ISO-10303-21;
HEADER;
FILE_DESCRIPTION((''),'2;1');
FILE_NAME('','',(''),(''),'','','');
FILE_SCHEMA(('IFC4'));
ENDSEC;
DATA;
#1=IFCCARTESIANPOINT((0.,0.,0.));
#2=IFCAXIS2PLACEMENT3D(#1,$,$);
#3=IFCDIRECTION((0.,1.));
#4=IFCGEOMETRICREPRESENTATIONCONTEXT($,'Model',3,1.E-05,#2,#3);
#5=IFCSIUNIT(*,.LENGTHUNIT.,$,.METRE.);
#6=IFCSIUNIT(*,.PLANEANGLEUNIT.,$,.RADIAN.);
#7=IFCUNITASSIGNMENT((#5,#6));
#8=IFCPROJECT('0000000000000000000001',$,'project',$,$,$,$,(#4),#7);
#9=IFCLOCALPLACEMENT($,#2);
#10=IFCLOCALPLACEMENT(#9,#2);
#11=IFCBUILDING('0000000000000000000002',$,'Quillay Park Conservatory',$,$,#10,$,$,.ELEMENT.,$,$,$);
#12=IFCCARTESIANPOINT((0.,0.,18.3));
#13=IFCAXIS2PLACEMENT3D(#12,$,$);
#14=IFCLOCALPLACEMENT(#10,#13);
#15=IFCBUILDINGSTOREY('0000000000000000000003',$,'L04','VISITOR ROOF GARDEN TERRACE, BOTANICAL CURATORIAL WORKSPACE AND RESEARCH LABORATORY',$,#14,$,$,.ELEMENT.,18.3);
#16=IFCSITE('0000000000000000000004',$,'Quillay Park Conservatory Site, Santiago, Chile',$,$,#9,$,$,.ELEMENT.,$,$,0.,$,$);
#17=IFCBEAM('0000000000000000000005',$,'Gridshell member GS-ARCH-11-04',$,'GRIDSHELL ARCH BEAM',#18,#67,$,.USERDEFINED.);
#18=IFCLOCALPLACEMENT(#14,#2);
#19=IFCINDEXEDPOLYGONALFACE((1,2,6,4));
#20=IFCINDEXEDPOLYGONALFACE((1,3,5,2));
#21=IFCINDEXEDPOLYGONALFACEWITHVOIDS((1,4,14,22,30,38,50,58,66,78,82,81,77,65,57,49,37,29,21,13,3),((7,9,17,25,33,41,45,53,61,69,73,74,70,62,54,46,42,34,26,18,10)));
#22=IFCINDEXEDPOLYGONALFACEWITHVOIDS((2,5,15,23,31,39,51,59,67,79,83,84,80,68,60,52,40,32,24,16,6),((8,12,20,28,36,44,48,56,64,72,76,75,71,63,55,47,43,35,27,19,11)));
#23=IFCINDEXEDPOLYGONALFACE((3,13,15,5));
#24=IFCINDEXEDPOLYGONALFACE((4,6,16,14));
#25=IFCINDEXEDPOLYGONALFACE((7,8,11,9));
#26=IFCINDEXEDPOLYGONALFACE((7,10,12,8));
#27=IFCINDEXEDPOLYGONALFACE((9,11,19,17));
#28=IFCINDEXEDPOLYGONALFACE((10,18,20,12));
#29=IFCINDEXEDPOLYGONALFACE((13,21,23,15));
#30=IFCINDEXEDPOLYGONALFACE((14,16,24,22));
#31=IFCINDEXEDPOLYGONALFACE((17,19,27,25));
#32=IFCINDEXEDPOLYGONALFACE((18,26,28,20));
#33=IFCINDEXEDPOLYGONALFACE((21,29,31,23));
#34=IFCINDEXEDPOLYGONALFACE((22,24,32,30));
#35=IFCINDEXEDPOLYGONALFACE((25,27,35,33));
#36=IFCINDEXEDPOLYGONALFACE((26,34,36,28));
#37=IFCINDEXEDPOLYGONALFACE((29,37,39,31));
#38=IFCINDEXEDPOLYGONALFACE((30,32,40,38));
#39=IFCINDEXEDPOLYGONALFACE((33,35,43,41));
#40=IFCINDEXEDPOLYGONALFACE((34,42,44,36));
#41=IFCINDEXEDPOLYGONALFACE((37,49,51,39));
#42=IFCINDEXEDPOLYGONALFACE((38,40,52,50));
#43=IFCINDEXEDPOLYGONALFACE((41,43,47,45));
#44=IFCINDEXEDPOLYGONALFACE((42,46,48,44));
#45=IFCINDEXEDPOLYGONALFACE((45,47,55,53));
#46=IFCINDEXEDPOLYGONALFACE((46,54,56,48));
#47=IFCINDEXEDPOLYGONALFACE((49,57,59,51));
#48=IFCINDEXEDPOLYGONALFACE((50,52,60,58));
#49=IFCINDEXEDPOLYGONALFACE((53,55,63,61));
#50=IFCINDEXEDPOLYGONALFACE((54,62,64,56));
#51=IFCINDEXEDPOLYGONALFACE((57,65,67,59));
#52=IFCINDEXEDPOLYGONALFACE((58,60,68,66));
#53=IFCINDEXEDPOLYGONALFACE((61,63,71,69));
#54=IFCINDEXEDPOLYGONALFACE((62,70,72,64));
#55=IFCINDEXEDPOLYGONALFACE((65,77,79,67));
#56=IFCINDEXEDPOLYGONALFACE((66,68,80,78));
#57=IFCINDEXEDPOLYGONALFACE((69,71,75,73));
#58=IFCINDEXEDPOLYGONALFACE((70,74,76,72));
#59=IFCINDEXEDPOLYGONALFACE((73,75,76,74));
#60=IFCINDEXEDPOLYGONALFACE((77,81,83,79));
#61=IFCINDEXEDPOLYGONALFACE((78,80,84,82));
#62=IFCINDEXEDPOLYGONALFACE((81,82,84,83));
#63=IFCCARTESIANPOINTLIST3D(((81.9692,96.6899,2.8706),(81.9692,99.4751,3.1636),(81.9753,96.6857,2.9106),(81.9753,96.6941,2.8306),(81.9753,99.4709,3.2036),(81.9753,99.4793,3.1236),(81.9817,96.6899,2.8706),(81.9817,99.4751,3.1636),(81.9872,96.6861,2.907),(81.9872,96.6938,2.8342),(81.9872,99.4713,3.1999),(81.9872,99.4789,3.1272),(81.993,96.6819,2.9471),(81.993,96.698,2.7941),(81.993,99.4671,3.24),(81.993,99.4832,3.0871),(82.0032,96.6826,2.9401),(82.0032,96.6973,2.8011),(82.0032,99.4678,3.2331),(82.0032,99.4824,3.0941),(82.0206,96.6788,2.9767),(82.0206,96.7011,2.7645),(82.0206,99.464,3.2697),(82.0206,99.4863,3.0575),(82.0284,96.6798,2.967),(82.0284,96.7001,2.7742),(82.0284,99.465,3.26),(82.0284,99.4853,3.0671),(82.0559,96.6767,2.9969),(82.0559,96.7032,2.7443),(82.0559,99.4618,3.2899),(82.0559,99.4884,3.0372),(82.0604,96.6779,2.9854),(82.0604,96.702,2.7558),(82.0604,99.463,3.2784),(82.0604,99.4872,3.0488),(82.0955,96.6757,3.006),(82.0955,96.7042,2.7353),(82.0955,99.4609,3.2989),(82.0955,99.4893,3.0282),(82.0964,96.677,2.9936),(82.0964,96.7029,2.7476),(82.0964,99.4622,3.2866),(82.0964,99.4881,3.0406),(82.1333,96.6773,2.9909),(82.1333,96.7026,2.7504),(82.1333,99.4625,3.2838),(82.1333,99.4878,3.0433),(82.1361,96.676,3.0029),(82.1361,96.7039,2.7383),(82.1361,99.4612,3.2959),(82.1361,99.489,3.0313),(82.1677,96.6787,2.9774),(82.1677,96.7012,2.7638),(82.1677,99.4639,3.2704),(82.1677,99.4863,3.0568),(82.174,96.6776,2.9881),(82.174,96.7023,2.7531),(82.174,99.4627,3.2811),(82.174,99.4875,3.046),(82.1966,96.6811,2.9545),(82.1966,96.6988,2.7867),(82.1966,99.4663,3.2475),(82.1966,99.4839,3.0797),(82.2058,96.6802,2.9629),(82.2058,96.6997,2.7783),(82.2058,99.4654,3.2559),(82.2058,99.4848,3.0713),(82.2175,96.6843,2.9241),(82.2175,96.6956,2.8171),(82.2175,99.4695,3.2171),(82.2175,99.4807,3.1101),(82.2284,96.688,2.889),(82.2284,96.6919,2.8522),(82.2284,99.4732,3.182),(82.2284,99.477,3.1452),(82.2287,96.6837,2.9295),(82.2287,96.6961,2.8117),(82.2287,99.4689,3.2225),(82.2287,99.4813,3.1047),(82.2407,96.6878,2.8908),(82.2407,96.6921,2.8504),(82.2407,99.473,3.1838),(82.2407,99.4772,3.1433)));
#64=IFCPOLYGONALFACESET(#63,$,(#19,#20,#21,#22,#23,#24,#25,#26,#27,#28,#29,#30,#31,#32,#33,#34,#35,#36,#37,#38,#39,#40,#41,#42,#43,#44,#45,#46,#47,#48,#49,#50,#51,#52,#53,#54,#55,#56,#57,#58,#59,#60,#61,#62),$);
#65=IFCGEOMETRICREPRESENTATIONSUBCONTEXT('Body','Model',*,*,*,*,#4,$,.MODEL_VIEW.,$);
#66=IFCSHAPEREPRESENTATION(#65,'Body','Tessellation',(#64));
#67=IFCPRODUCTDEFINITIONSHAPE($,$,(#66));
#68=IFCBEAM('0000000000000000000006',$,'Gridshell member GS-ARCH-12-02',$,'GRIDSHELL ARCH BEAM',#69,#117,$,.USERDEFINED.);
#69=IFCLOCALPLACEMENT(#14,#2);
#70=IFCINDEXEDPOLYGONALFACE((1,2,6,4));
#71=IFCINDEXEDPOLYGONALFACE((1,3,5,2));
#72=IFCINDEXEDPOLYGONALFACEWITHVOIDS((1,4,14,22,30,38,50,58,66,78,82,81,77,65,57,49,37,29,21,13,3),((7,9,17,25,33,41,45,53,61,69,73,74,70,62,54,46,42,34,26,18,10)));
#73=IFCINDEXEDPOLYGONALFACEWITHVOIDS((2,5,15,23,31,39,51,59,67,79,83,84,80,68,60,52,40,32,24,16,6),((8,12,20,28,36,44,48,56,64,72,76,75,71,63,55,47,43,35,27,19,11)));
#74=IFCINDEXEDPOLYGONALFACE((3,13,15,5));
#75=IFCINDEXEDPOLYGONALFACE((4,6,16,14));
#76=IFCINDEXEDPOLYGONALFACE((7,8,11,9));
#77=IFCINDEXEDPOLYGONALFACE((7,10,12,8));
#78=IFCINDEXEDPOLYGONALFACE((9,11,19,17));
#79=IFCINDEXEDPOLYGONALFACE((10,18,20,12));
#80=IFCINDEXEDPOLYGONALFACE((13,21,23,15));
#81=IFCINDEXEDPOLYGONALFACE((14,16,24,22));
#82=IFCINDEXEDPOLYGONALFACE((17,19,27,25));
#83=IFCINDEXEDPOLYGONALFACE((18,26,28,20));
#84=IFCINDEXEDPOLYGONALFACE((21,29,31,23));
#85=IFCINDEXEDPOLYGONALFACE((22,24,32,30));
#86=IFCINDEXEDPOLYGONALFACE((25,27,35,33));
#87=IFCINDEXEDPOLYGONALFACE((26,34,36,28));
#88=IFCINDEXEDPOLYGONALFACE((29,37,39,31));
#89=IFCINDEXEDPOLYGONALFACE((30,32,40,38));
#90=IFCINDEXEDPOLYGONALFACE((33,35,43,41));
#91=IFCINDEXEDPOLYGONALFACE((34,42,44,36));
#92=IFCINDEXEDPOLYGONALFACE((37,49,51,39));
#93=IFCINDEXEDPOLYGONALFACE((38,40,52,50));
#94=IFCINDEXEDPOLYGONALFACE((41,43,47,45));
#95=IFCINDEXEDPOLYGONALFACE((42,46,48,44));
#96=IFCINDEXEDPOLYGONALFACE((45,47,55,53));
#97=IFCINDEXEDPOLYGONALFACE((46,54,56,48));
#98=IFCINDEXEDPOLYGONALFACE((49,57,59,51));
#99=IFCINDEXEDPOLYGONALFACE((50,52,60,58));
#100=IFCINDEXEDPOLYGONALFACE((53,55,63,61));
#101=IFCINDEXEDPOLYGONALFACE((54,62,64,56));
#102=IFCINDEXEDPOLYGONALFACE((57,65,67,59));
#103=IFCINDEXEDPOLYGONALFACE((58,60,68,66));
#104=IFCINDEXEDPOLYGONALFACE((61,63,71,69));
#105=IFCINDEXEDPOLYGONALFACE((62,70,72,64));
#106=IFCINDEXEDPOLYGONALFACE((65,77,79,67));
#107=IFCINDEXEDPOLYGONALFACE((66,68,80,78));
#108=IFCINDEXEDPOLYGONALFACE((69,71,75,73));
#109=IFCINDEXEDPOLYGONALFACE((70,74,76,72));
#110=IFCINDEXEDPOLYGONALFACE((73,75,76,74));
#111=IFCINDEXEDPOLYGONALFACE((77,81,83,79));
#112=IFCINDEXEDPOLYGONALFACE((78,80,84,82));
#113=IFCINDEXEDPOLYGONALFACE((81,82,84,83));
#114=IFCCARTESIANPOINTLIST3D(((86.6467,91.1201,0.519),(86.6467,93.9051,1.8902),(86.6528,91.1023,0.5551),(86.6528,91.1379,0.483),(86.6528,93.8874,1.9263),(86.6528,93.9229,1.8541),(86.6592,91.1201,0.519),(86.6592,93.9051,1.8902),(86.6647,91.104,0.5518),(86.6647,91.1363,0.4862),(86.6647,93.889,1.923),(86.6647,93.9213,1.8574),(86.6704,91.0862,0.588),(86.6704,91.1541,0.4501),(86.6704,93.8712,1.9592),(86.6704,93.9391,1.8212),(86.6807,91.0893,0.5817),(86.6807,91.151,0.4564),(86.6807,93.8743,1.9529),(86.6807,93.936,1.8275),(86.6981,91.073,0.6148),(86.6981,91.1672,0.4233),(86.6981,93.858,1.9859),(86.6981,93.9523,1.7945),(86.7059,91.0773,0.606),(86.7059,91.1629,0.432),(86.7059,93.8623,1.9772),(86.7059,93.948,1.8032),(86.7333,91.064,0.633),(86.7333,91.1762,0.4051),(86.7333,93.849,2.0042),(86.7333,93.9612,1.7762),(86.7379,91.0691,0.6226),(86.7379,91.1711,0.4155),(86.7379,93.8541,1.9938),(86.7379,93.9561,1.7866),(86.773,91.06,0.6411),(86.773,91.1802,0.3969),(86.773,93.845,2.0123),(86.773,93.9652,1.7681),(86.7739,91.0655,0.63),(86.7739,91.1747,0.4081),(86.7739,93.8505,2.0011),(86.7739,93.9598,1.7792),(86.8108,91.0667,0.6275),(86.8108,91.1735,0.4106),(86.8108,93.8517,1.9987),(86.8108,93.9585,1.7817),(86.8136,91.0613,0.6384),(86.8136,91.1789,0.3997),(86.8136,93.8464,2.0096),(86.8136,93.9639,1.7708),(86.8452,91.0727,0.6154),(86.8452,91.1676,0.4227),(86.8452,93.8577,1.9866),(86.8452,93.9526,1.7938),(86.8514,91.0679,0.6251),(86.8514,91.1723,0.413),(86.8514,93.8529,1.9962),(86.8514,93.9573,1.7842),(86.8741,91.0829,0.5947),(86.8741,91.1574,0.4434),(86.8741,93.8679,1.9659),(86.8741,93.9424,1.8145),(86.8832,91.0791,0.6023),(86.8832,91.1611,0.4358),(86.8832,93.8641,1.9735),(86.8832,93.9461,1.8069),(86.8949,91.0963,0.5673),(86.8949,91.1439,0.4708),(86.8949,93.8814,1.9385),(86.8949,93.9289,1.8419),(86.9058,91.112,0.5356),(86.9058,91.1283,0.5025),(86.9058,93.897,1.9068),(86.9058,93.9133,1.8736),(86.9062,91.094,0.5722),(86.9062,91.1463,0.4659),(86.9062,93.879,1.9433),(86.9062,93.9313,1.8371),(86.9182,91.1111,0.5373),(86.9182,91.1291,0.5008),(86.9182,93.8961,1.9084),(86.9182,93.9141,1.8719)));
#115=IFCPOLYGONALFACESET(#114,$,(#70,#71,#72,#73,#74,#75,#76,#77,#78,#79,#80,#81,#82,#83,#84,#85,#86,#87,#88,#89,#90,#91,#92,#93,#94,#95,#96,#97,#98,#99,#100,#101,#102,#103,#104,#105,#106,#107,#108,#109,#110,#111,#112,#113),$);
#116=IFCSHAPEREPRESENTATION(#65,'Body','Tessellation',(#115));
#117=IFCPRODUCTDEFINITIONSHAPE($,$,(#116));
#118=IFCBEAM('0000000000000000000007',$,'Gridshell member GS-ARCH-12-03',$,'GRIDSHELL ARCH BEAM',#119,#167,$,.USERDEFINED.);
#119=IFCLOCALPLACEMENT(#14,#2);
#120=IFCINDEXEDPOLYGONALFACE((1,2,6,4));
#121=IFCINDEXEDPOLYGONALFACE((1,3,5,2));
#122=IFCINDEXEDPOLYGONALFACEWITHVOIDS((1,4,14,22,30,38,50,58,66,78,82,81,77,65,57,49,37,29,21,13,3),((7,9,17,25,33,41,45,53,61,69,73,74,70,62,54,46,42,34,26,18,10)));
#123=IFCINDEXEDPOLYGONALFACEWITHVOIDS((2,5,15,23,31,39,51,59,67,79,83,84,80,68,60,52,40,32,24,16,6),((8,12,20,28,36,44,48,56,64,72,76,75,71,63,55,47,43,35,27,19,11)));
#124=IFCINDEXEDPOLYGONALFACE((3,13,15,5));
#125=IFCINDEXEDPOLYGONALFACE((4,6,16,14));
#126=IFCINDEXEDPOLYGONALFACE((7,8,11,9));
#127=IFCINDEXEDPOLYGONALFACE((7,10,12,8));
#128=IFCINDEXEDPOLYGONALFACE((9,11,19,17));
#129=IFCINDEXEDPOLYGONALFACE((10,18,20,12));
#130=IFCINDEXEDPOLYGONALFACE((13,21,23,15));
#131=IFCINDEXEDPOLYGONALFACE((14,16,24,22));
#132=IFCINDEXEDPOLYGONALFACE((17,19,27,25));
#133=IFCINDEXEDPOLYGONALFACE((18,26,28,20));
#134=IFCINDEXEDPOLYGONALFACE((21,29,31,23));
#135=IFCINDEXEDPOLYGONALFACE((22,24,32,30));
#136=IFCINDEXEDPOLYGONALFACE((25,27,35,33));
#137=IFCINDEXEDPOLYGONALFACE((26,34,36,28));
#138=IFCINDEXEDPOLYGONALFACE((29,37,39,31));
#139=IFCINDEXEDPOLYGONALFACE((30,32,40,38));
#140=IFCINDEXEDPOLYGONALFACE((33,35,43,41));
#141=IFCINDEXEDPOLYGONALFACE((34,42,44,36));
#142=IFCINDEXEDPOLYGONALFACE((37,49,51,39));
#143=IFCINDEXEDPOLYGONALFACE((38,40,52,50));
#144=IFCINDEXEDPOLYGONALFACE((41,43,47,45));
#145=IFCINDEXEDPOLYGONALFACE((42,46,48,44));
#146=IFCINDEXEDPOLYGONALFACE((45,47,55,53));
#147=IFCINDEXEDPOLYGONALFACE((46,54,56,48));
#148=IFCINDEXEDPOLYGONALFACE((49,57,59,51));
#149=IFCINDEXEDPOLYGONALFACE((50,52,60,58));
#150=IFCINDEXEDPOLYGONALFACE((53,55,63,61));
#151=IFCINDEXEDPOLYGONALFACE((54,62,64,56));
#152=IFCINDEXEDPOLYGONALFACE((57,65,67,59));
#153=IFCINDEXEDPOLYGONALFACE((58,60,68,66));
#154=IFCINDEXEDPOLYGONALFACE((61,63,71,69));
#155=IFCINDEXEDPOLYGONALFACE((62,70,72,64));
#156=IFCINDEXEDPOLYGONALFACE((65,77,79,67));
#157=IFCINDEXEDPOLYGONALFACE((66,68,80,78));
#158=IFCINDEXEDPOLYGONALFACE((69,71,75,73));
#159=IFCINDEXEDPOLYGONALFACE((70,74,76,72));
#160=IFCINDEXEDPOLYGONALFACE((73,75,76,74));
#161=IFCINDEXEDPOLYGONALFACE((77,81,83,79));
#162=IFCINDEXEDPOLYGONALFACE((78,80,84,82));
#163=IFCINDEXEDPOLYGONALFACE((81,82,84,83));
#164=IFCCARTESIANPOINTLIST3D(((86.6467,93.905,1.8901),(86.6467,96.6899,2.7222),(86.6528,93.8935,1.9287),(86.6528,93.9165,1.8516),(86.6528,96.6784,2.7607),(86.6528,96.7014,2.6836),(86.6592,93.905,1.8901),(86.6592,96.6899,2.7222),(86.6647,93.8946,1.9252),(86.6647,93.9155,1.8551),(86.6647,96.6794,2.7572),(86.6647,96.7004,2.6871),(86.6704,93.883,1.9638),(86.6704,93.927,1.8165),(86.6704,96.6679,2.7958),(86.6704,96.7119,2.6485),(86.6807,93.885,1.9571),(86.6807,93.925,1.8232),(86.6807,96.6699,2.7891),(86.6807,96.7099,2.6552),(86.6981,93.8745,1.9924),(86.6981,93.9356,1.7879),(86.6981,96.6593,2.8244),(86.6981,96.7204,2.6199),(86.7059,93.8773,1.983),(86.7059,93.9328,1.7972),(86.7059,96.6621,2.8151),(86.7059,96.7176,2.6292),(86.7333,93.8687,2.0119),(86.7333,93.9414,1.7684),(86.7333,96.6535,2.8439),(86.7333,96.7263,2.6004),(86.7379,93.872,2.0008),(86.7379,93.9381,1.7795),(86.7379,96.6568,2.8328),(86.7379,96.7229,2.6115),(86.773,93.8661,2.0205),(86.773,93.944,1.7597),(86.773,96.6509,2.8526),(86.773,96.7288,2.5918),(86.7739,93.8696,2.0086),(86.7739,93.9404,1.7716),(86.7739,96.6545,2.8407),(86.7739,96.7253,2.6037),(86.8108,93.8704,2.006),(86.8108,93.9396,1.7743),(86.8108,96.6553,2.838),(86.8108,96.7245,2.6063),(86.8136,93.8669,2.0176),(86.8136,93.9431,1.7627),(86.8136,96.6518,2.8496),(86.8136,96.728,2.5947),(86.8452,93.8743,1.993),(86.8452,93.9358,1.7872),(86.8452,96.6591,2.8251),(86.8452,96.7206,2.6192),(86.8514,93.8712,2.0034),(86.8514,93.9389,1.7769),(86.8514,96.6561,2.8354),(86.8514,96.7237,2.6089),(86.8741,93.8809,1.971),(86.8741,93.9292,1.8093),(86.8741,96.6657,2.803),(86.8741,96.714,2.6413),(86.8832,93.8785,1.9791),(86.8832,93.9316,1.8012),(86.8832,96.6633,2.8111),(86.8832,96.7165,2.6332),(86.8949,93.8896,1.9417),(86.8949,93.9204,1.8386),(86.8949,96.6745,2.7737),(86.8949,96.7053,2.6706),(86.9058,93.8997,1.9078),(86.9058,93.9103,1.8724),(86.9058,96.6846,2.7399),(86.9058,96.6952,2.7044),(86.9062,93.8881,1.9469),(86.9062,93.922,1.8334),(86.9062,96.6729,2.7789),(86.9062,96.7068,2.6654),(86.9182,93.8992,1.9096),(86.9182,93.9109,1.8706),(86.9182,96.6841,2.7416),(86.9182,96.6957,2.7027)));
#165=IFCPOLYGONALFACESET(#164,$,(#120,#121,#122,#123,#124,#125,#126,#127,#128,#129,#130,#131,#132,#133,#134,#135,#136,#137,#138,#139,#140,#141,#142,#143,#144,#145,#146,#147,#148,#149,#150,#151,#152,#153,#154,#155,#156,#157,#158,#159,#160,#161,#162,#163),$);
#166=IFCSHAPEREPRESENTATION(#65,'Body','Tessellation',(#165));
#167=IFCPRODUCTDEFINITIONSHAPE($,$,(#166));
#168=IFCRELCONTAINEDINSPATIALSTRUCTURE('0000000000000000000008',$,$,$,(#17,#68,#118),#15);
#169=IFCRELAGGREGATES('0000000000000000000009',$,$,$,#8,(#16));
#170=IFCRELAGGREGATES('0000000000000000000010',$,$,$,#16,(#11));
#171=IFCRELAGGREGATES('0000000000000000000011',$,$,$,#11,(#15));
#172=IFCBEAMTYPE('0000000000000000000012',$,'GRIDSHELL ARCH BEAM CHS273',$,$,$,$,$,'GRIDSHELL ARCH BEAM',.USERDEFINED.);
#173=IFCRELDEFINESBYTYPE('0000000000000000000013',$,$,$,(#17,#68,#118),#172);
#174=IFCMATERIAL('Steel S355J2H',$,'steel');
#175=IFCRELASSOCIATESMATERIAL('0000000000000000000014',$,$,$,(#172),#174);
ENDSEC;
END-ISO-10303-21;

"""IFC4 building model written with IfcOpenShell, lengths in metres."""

from ifc_helpers import new_model, si_unit, direction, frame, origin, origin_2d, place, context, subcontext, project, spatial, hollow_circle, extrude, material, material_profile, profile_set, type_object, element, save


model = new_model("IFC4")

# Units and contexts
model_context = context("Model", 3, precision=1e-05, world=origin(), true_north=direction((0.0, 1.0)))
body_context = subcontext(model_context, "Body", "Model", "MODEL_VIEW")
ifc_project = project(units=[si_unit("LENGTHUNIT", "METRE"), si_unit("PLANEANGLEUNIT", "RADIAN")], contexts=[model_context])

# Site, building, storey
site_placement = place(None, origin())
site = spatial("IfcSite", under=ifc_project, at=site_placement, Name="Quillay Park Conservatory Site, Santiago, Chile", CompositionType="ELEMENT", RefElevation=0.0)
building_placement = place(site_placement, origin())
building = spatial("IfcBuilding", under=site, at=building_placement, Name="Quillay Park Conservatory", CompositionType="ELEMENT")
storey_placement = place(building_placement, frame((0.0, 0.0, 18.3)))
storey = spatial("IfcBuildingStorey", under=building, at=storey_placement, Name="L04", Description="VISITOR ROOF GARDEN TERRACE, BOTANICAL CURATORIAL WORKSPACE AND RESEARCH LABORATORY", CompositionType="ELEMENT", Elevation=18.3)

# Beams
ifc_material_1 = material(Name="Steel S355J2H", Category="steel")
ifc_material_profile_1 = material_profile(ifc_material_1, hollow_circle(Radius=0.1365, WallThickness=0.0125, at=origin_2d()), Name="CHS273x12.5")
ifc_profile_set_1 = profile_set([ifc_material_profile_1], Name="Steel S355J2H")
beam_type = type_object("IfcBeamType", Name="GRIDSHELL ARCH BEAM CHS273", ElementType="GRIDSHELL ARCH BEAM", PredefinedType="USERDEFINED", material=ifc_profile_set_1)
beam_1_placement = place(storey_placement, frame((82.1057, 96.6899, 2.8706), z_axis=(0.0, 0.994513, 0.104612), x_axis=(-1.0, 0.0, 0.0)))
element("IfcBeam", 1, at=beam_1_placement, inside=storey, type_object=beam_type, Name="Gridshell member GS-ARCH-11-04", ObjectType="GRIDSHELL ARCH BEAM", PredefinedType="USERDEFINED", context=body_context, shape_type="SweptSolid", body=[
    extrude(hollow_circle(Radius=0.1365, WallThickness=0.0125, at=origin_2d()), origin(), (0.0, 0.0, 1.0), 2.8005),
])
beam_2_placement = place(storey_placement, frame((86.7832, 91.1201, 0.519), z_axis=(0.0, 0.897163, 0.4417), x_axis=(-1.0, 0.0, 0.0)))
element("IfcBeam", 2, at=beam_2_placement, inside=storey, type_object=beam_type, Name="Gridshell member GS-ARCH-12-02", ObjectType="GRIDSHELL ARCH BEAM", PredefinedType="USERDEFINED", context=body_context, shape_type="SweptSolid", body=[
    extrude(hollow_circle(Radius=0.1365, WallThickness=0.0125, at=origin_2d()), origin(), (0.0, 0.0, 1.0), 3.1042),
])
beam_3_placement = place(storey_placement, frame((86.7832, 93.905, 1.8901), z_axis=(0.0, 0.958152, 0.286261), x_axis=(-1.0, 0.0, 0.0)))
element("IfcBeam", 3, at=beam_3_placement, inside=storey, type_object=beam_type, Name="Gridshell member GS-ARCH-12-03", ObjectType="GRIDSHELL ARCH BEAM", PredefinedType="USERDEFINED", context=body_context, shape_type="SweptSolid", body=[
    extrude(hollow_circle(Radius=0.1365, WallThickness=0.0125, at=origin_2d()), origin(), (0.0, 0.0, 1.0), 2.9065),
])

save(model, "model.ifc")
